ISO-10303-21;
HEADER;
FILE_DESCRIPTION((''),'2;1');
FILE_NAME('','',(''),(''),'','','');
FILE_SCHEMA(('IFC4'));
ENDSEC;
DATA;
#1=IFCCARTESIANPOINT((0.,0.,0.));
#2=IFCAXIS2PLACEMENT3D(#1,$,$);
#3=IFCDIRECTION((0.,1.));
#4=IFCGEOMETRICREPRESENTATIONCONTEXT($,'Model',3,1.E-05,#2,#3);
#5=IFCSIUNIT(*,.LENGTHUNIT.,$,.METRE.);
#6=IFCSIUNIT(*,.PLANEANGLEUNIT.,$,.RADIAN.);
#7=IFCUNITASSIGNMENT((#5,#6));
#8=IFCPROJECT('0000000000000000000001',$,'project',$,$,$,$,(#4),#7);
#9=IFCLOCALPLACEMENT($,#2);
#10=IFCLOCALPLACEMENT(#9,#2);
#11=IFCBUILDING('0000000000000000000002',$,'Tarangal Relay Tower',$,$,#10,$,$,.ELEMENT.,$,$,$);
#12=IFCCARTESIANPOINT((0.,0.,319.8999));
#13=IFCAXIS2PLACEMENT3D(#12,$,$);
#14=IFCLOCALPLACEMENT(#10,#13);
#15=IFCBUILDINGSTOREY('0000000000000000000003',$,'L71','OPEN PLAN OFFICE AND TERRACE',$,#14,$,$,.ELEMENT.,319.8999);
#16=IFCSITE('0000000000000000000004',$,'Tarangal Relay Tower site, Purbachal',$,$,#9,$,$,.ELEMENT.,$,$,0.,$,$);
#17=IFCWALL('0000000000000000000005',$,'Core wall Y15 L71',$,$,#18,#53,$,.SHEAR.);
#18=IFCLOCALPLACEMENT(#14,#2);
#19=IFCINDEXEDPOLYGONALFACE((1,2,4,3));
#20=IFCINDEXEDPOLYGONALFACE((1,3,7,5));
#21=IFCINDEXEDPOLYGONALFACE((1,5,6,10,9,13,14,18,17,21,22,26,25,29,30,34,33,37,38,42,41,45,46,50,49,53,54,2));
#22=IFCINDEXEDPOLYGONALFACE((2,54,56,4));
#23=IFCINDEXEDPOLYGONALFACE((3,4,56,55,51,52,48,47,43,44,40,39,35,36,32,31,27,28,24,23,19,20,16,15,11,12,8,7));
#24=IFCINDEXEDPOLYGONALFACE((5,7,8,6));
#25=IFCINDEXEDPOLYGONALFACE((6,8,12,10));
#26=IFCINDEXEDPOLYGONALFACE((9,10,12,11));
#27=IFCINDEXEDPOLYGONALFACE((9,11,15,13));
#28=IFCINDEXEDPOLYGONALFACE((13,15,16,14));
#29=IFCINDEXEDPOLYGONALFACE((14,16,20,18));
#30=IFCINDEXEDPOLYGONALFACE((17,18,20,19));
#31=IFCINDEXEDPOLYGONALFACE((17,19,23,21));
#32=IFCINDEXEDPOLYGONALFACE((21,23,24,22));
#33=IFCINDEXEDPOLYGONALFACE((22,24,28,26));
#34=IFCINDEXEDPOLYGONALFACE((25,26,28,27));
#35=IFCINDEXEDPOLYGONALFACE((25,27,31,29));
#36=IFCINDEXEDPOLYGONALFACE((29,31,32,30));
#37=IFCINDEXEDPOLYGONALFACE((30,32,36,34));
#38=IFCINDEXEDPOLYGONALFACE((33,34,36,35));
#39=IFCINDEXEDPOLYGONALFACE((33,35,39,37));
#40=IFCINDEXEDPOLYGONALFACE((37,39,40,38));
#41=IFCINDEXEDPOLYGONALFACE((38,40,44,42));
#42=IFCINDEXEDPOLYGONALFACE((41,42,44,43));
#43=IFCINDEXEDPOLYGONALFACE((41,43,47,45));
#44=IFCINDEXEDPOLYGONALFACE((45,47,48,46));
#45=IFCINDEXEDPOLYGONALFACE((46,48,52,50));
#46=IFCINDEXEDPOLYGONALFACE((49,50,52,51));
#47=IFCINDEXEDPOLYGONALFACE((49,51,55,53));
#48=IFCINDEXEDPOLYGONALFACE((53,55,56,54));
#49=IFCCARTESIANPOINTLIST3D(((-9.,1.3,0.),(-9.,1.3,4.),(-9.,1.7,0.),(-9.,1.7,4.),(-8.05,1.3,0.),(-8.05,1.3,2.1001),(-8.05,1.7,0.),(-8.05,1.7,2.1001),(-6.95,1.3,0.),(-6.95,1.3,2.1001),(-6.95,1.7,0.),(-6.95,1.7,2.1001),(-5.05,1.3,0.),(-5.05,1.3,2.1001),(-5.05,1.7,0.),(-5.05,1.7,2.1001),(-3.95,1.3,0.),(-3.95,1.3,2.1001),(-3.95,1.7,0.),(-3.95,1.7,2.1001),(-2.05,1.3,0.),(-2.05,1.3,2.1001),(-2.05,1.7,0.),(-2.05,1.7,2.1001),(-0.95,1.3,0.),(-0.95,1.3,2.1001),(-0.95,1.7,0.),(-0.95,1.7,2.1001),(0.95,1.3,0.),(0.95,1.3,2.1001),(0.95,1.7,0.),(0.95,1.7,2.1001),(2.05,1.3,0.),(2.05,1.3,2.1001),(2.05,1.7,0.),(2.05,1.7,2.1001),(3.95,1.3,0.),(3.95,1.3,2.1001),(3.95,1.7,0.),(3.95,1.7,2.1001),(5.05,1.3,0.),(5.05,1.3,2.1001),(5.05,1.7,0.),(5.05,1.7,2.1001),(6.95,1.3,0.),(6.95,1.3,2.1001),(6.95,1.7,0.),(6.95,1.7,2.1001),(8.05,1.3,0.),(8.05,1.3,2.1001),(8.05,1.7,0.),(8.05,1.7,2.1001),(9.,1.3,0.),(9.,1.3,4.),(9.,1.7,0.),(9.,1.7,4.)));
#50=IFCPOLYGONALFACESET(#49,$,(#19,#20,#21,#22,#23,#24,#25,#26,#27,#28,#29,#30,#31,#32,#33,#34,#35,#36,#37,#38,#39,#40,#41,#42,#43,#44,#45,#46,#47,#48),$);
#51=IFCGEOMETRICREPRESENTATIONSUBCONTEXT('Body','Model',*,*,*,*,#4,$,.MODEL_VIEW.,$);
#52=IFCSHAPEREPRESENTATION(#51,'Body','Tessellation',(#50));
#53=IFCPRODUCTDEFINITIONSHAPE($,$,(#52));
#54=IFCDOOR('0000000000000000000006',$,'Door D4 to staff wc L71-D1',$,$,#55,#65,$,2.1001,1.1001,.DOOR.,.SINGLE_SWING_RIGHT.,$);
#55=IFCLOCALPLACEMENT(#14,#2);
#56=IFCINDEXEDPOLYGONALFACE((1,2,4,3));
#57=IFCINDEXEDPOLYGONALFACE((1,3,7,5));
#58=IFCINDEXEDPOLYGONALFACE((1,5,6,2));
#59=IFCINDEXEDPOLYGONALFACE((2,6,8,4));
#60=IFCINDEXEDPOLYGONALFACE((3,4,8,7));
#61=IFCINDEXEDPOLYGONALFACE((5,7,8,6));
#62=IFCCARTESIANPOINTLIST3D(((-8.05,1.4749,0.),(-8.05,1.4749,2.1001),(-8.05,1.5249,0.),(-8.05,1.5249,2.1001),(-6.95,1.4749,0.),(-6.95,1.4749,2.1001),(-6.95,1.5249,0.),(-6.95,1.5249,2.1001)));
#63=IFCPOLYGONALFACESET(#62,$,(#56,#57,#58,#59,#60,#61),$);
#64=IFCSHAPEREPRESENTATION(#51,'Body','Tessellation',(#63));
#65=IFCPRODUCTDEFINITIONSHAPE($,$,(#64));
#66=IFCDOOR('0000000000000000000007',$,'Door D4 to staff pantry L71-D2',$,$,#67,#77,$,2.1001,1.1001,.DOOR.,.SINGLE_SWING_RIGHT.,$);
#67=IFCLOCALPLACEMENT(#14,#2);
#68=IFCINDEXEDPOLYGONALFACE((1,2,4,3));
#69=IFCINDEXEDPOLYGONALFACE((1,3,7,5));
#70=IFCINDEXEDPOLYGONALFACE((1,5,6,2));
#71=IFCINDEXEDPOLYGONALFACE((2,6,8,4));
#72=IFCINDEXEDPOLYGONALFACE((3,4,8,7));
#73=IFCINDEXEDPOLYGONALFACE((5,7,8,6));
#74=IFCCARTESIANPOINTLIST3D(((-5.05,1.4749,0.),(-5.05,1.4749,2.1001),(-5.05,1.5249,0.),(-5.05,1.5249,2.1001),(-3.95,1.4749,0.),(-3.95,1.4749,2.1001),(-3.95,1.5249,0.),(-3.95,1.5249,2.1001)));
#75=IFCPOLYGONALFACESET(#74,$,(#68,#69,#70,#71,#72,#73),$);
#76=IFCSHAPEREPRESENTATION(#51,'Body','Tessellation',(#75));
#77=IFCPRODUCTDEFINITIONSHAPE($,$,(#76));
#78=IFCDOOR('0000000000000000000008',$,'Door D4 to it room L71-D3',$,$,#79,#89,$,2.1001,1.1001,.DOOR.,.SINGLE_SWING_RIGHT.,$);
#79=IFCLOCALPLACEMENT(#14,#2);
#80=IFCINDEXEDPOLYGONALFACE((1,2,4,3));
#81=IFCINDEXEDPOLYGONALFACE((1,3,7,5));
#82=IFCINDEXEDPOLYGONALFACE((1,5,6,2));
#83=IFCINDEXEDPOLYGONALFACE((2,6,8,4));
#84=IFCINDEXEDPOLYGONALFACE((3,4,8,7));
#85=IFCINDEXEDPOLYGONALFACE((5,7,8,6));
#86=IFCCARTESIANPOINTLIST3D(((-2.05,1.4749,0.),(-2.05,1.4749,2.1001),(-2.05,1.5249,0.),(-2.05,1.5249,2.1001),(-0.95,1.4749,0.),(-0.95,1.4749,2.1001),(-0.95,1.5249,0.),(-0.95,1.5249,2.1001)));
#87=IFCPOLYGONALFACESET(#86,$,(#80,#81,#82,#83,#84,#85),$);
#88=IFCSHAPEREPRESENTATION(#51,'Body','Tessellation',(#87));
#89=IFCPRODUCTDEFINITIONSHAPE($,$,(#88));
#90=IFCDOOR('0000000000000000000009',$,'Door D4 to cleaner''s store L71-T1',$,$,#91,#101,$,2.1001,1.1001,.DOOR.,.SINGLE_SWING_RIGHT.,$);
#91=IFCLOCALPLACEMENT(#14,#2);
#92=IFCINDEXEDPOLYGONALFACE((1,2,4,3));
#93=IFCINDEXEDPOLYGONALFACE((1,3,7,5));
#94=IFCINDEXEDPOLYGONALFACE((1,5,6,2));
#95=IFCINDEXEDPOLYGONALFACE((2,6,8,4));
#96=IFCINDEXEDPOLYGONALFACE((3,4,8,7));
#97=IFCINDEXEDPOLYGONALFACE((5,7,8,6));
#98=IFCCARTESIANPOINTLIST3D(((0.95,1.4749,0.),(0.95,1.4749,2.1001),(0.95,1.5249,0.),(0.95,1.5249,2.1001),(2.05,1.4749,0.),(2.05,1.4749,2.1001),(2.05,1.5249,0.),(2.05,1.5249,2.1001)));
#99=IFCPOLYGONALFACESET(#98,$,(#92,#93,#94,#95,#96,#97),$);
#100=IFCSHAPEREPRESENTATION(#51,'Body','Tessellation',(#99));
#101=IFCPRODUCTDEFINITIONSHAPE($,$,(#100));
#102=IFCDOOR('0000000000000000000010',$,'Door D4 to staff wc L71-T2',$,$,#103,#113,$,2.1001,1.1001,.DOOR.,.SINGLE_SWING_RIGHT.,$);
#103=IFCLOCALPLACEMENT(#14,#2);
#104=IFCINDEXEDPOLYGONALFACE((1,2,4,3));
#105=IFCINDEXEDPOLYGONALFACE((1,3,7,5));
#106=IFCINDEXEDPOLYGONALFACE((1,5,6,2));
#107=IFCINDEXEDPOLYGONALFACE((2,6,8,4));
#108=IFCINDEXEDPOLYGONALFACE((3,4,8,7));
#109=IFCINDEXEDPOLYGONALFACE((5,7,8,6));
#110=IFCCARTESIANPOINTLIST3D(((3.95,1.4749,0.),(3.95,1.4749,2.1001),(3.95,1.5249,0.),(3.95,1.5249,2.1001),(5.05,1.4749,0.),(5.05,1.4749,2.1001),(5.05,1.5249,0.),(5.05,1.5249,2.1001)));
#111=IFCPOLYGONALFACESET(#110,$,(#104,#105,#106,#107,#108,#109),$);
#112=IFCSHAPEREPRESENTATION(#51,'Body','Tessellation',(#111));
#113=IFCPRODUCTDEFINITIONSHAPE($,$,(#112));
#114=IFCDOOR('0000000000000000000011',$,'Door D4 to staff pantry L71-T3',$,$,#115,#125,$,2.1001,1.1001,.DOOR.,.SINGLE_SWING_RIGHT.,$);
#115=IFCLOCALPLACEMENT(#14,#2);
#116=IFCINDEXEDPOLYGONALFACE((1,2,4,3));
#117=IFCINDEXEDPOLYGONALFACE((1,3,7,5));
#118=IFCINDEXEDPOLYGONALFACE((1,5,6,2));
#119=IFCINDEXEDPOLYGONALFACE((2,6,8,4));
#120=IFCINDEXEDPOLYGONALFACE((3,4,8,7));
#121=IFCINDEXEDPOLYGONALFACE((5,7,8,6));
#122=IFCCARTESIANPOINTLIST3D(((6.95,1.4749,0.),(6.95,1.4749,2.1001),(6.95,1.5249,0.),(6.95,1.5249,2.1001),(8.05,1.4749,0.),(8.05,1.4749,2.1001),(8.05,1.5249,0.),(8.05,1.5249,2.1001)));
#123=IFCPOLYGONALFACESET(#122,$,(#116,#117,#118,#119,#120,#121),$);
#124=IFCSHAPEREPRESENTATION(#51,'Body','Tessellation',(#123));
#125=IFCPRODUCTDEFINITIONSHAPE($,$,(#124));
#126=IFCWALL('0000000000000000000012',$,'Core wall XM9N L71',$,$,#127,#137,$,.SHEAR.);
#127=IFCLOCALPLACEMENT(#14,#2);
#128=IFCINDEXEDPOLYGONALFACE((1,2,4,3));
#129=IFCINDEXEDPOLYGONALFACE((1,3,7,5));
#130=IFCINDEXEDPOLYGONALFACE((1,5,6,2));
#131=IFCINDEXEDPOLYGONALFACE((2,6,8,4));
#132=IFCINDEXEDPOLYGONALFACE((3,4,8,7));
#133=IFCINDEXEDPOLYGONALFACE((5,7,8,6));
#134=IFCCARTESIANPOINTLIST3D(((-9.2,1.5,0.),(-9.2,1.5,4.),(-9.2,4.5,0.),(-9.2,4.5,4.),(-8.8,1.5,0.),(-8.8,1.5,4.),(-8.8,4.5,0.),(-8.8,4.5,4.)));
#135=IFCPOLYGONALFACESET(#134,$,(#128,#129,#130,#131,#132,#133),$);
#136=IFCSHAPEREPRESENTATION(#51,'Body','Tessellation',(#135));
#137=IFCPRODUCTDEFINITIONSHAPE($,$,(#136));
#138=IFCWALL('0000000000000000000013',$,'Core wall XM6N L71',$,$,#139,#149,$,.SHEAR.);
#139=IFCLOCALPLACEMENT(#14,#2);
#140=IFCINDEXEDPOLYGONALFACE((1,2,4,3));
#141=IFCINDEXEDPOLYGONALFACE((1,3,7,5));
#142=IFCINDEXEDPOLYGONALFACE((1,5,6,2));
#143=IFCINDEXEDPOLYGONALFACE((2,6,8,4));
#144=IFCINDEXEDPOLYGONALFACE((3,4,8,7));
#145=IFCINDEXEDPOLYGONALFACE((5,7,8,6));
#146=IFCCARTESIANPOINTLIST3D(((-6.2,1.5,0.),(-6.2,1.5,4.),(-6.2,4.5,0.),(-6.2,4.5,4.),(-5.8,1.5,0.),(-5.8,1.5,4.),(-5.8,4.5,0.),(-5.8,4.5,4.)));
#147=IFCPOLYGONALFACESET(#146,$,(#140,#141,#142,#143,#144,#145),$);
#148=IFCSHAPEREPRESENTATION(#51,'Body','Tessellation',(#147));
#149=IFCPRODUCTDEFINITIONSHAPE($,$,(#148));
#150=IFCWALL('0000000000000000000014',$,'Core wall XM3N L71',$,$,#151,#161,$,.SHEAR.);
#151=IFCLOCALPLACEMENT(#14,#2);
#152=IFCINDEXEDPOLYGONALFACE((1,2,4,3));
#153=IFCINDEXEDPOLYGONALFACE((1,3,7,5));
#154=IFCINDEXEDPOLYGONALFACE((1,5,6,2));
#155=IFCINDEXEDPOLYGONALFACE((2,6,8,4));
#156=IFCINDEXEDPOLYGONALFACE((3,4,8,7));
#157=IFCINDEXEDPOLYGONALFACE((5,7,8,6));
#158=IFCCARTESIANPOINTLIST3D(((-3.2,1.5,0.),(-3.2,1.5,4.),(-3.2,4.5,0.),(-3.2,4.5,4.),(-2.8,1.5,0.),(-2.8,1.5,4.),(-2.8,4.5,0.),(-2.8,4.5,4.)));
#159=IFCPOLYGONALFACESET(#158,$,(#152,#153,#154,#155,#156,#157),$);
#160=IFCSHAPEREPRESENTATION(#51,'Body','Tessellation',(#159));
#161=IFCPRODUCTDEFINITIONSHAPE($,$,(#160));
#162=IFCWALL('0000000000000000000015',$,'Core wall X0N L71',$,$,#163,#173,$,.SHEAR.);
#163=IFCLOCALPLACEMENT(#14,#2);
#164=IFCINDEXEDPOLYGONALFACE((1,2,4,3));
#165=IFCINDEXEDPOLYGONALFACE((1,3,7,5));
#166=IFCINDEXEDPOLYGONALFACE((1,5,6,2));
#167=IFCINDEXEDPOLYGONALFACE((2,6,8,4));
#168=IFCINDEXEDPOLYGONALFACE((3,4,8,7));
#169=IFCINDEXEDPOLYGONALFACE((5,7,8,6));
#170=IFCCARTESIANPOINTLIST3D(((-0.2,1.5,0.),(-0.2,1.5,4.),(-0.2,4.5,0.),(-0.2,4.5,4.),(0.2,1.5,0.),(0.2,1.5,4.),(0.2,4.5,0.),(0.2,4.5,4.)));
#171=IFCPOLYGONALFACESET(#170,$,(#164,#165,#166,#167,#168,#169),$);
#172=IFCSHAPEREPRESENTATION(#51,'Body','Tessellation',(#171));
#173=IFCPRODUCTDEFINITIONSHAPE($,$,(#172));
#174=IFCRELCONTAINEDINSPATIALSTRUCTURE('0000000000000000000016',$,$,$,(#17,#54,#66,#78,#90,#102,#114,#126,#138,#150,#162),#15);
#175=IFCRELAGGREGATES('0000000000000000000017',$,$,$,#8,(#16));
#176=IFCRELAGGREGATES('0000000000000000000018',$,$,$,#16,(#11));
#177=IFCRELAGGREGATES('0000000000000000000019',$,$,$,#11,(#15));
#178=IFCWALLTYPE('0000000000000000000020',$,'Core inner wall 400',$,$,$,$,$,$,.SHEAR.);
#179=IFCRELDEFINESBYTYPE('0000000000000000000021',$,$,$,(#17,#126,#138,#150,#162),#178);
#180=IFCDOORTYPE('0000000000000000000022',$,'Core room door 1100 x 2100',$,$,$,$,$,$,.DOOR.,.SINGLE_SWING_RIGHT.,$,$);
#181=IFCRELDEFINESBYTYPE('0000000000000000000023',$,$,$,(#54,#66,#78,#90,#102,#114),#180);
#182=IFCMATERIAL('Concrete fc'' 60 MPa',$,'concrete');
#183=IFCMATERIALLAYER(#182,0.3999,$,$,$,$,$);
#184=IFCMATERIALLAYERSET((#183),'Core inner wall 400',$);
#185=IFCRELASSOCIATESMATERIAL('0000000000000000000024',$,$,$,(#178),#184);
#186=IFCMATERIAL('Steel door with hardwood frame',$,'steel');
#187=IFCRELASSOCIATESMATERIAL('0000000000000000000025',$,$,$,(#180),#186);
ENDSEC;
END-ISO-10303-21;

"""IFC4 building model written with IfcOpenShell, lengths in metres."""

from ifc_helpers import new_model, si_unit, direction, frame, frame_2d, origin, place, context, subcontext, project, spatial, rectangle, extrude, material, layer, layer_set, type_object, element, fill, save


model = new_model("IFC4")

# Units and contexts
model_context = context("Model", 3, precision=1e-05, world=origin(), true_north=direction((0.0, 1.0)))
body_context = subcontext(model_context, "Body", "Model", "MODEL_VIEW")
ifc_project = project(units=[si_unit("LENGTHUNIT", "METRE"), si_unit("PLANEANGLEUNIT", "RADIAN")], contexts=[model_context])

# Site, building, storey
site_placement = place(None, origin())
site = spatial("IfcSite", under=ifc_project, at=site_placement, Name="Tarangal Relay Tower site, Purbachal", CompositionType="ELEMENT", RefElevation=0.0)
building_placement = place(site_placement, origin())
building = spatial("IfcBuilding", under=site, at=building_placement, Name="Tarangal Relay Tower", CompositionType="ELEMENT")
storey_placement = place(building_placement, frame((0.0, 0.0, 319.8999)))
storey = spatial("IfcBuildingStorey", under=building, at=storey_placement, Name="L71", Description="OPEN PLAN OFFICE AND TERRACE", CompositionType="ELEMENT", Elevation=319.8999)

# Wall, openings, doors
ifc_material_1 = material(Name="Concrete fc' 60 MPa", Category="concrete")
ifc_layer_1 = layer(ifc_material_1, 0.3999)
ifc_layer_set_1 = layer_set([ifc_layer_1], Name="Core inner wall 400")
wall_type = type_object("IfcWallType", Name="Core inner wall 400", PredefinedType="SHEAR", material=ifc_layer_set_1)
wall_1_placement = place(storey_placement, frame((-9.0, 1.5, 0.0), z_axis=(0.0, 0.0, 1.0), x_axis=(1.0, 0.0, 0.0)))
wall_1 = element("IfcWall", 1, at=wall_1_placement, inside=storey, type_object=wall_type, Name="Core wall Y15 L71", PredefinedType="SHEAR", context=body_context, shape_type="SweptSolid", body=[
    extrude(rectangle(XDim=18.0, YDim=0.3999, at=frame_2d((9.0, 0.0))), origin(), (0.0, 0.0, 1.0), 4.0),
])
opening_1_placement = place(wall_1_placement, frame((0.95, 0.0, 0.0)))
opening_1 = element("IfcOpeningElement", 2, at=opening_1_placement, cuts=wall_1, PredefinedType="OPENING", context=body_context, shape_type="SweptSolid", body=[
    extrude(rectangle(XDim=1.1001, YDim=2.1001, at=frame_2d((0.55, 1.05))), frame((0.0, 0.21, 0.0), z_axis=(0.0, -1.0, 0.0), x_axis=(1.0, 0.0, 0.0)), (0.0, 0.0, 1.0), 0.4199),
])
opening_2_placement = place(wall_1_placement, frame((3.95, 0.0, 0.0)))
opening_2 = element("IfcOpeningElement", 3, at=opening_2_placement, cuts=wall_1, PredefinedType="OPENING", context=body_context, shape_type="SweptSolid", body=[
    extrude(rectangle(XDim=1.1001, YDim=2.1001, at=frame_2d((0.55, 1.05))), frame((0.0, 0.21, 0.0), z_axis=(0.0, -1.0, 0.0), x_axis=(1.0, 0.0, 0.0)), (0.0, 0.0, 1.0), 0.4199),
])
opening_3_placement = place(wall_1_placement, frame((6.95, 0.0, 0.0)))
opening_3 = element("IfcOpeningElement", 4, at=opening_3_placement, cuts=wall_1, PredefinedType="OPENING", context=body_context, shape_type="SweptSolid", body=[
    extrude(rectangle(XDim=1.1001, YDim=2.1001, at=frame_2d((0.55, 1.05))), frame((0.0, 0.21, 0.0), z_axis=(0.0, -1.0, 0.0), x_axis=(1.0, 0.0, 0.0)), (0.0, 0.0, 1.0), 0.4199),
])
opening_4_placement = place(wall_1_placement, frame((9.95, 0.0, 0.0)))
opening_4 = element("IfcOpeningElement", 5, at=opening_4_placement, cuts=wall_1, PredefinedType="OPENING", context=body_context, shape_type="SweptSolid", body=[
    extrude(rectangle(XDim=1.1001, YDim=2.1001, at=frame_2d((0.55, 1.05))), frame((0.0, 0.21, 0.0), z_axis=(0.0, -1.0, 0.0), x_axis=(1.0, 0.0, 0.0)), (0.0, 0.0, 1.0), 0.4199),
])
opening_5_placement = place(wall_1_placement, frame((12.95, 0.0, 0.0)))
opening_5 = element("IfcOpeningElement", 6, at=opening_5_placement, cuts=wall_1, PredefinedType="OPENING", context=body_context, shape_type="SweptSolid", body=[
    extrude(rectangle(XDim=1.1001, YDim=2.1001, at=frame_2d((0.55, 1.05))), frame((0.0, 0.21, 0.0), z_axis=(0.0, -1.0, 0.0), x_axis=(1.0, 0.0, 0.0)), (0.0, 0.0, 1.0), 0.4199),
])
opening_6_placement = place(wall_1_placement, frame((15.95, 0.0, 0.0)))
opening_6 = element("IfcOpeningElement", 7, at=opening_6_placement, cuts=wall_1, PredefinedType="OPENING", context=body_context, shape_type="SweptSolid", body=[
    extrude(rectangle(XDim=1.1001, YDim=2.1001, at=frame_2d((0.55, 1.05))), frame((0.0, 0.21, 0.0), z_axis=(0.0, -1.0, 0.0), x_axis=(1.0, 0.0, 0.0)), (0.0, 0.0, 1.0), 0.4199),
])
ifc_material_2 = material(Name="Steel door with hardwood frame", Category="steel")
door_type_1 = type_object("IfcDoorType", Name="Core room door 1100 x 2100", OperationType="SINGLE_SWING_RIGHT", PredefinedType="DOOR", material=ifc_material_2)
door_1_placement = place(opening_1_placement, origin())
door_1 = element("IfcDoor", 8, at=door_1_placement, inside=storey, type_object=door_type_1, Name="Door D4 to staff wc L71-D1", OperationType="SINGLE_SWING_RIGHT", OverallHeight=2.1001, OverallWidth=1.1001, PredefinedType="DOOR", context=body_context, shape_type="SweptSolid", body=[
    extrude(rectangle(XDim=1.1001, YDim=2.1001, at=frame_2d((0.55, 1.05))), frame((0.0, 0.0249, 0.0), z_axis=(0.0, -1.0, 0.0), x_axis=(1.0, 0.0, 0.0)), (0.0, 0.0, 1.0), 0.05),
])
fill(opening_1, door_1)
door_2_placement = place(opening_2_placement, origin())
door_2 = element("IfcDoor", 9, at=door_2_placement, inside=storey, type_object=door_type_1, Name="Door D4 to staff pantry L71-D2", OperationType="SINGLE_SWING_RIGHT", OverallHeight=2.1001, OverallWidth=1.1001, PredefinedType="DOOR", context=body_context, shape_type="SweptSolid", body=[
    extrude(rectangle(XDim=1.1001, YDim=2.1001, at=frame_2d((0.55, 1.05))), frame((0.0, 0.0249, 0.0), z_axis=(0.0, -1.0, 0.0), x_axis=(1.0, 0.0, 0.0)), (0.0, 0.0, 1.0), 0.05),
])
fill(opening_2, door_2)
door_3_placement = place(opening_3_placement, origin())
door_3 = element("IfcDoor", 10, at=door_3_placement, inside=storey, type_object=door_type_1, Name="Door D4 to it room L71-D3", OperationType="SINGLE_SWING_RIGHT", OverallHeight=2.1001, OverallWidth=1.1001, PredefinedType="DOOR", context=body_context, shape_type="SweptSolid", body=[
    extrude(rectangle(XDim=1.1001, YDim=2.1001, at=frame_2d((0.55, 1.05))), frame((0.0, 0.0249, 0.0), z_axis=(0.0, -1.0, 0.0), x_axis=(1.0, 0.0, 0.0)), (0.0, 0.0, 1.0), 0.05),
])
fill(opening_3, door_3)
door_4_placement = place(opening_4_placement, origin())
door_4 = element("IfcDoor", 11, at=door_4_placement, inside=storey, type_object=door_type_1, Name="Door D4 to cleaner's store L71-T1", OperationType="SINGLE_SWING_RIGHT", OverallHeight=2.1001, OverallWidth=1.1001, PredefinedType="DOOR", context=body_context, shape_type="SweptSolid", body=[
    extrude(rectangle(XDim=1.1001, YDim=2.1001, at=frame_2d((0.55, 1.05))), frame((0.0, 0.0249, 0.0), z_axis=(0.0, -1.0, 0.0), x_axis=(1.0, 0.0, 0.0)), (0.0, 0.0, 1.0), 0.05),
])
fill(opening_4, door_4)
door_5_placement = place(opening_5_placement, origin())
door_5 = element("IfcDoor", 12, at=door_5_placement, inside=storey, type_object=door_type_1, Name="Door D4 to staff wc L71-T2", OperationType="SINGLE_SWING_RIGHT", OverallHeight=2.1001, OverallWidth=1.1001, PredefinedType="DOOR", context=body_context, shape_type="SweptSolid", body=[
    extrude(rectangle(XDim=1.1001, YDim=2.1001, at=frame_2d((0.55, 1.05))), frame((0.0, 0.0249, 0.0), z_axis=(0.0, -1.0, 0.0), x_axis=(1.0, 0.0, 0.0)), (0.0, 0.0, 1.0), 0.05),
])
fill(opening_5, door_5)
door_6_placement = place(opening_6_placement, origin())
door_6 = element("IfcDoor", 13, at=door_6_placement, inside=storey, type_object=door_type_1, Name="Door D4 to staff pantry L71-T3", OperationType="SINGLE_SWING_RIGHT", OverallHeight=2.1001, OverallWidth=1.1001, PredefinedType="DOOR", context=body_context, shape_type="SweptSolid", body=[
    extrude(rectangle(XDim=1.1001, YDim=2.1001, at=frame_2d((0.55, 1.05))), frame((0.0, 0.0249, 0.0), z_axis=(0.0, -1.0, 0.0), x_axis=(1.0, 0.0, 0.0)), (0.0, 0.0, 1.0), 0.05),
])
fill(opening_6, door_6)

# Walls
for number, where, z_axis, x_axis, name in (
    (14, (-9.0, 1.5, 0.0), (0.0, 0.0, 1.0), (0.0, 1.0, 0.0), "Core wall XM9N L71"),
    (15, (-6.0, 1.5, 0.0), (0.0, 0.0, 1.0), (0.0, 1.0, 0.0), "Core wall XM6N L71"),
    (16, (-3.0, 1.5, 0.0), (0.0, 0.0, 1.0), (0.0, 1.0, 0.0), "Core wall XM3N L71"),
    (17, (0.0, 1.5, 0.0), (0.0, 0.0, 1.0), (0.0, 1.0, 0.0), "Core wall X0N L71"),
):
    element("IfcWall", number, at=place(storey_placement, frame(where, z_axis=z_axis, x_axis=x_axis)), inside=storey, type_object=wall_type, Name=name, PredefinedType="SHEAR", context=body_context, shape_type="SweptSolid", body=[
        extrude(rectangle(XDim=3.0, YDim=0.3999, at=frame_2d((1.5, 0.0))), origin(), (0.0, 0.0, 1.0), 4.0),
    ])

save(model, "model.ifc")
